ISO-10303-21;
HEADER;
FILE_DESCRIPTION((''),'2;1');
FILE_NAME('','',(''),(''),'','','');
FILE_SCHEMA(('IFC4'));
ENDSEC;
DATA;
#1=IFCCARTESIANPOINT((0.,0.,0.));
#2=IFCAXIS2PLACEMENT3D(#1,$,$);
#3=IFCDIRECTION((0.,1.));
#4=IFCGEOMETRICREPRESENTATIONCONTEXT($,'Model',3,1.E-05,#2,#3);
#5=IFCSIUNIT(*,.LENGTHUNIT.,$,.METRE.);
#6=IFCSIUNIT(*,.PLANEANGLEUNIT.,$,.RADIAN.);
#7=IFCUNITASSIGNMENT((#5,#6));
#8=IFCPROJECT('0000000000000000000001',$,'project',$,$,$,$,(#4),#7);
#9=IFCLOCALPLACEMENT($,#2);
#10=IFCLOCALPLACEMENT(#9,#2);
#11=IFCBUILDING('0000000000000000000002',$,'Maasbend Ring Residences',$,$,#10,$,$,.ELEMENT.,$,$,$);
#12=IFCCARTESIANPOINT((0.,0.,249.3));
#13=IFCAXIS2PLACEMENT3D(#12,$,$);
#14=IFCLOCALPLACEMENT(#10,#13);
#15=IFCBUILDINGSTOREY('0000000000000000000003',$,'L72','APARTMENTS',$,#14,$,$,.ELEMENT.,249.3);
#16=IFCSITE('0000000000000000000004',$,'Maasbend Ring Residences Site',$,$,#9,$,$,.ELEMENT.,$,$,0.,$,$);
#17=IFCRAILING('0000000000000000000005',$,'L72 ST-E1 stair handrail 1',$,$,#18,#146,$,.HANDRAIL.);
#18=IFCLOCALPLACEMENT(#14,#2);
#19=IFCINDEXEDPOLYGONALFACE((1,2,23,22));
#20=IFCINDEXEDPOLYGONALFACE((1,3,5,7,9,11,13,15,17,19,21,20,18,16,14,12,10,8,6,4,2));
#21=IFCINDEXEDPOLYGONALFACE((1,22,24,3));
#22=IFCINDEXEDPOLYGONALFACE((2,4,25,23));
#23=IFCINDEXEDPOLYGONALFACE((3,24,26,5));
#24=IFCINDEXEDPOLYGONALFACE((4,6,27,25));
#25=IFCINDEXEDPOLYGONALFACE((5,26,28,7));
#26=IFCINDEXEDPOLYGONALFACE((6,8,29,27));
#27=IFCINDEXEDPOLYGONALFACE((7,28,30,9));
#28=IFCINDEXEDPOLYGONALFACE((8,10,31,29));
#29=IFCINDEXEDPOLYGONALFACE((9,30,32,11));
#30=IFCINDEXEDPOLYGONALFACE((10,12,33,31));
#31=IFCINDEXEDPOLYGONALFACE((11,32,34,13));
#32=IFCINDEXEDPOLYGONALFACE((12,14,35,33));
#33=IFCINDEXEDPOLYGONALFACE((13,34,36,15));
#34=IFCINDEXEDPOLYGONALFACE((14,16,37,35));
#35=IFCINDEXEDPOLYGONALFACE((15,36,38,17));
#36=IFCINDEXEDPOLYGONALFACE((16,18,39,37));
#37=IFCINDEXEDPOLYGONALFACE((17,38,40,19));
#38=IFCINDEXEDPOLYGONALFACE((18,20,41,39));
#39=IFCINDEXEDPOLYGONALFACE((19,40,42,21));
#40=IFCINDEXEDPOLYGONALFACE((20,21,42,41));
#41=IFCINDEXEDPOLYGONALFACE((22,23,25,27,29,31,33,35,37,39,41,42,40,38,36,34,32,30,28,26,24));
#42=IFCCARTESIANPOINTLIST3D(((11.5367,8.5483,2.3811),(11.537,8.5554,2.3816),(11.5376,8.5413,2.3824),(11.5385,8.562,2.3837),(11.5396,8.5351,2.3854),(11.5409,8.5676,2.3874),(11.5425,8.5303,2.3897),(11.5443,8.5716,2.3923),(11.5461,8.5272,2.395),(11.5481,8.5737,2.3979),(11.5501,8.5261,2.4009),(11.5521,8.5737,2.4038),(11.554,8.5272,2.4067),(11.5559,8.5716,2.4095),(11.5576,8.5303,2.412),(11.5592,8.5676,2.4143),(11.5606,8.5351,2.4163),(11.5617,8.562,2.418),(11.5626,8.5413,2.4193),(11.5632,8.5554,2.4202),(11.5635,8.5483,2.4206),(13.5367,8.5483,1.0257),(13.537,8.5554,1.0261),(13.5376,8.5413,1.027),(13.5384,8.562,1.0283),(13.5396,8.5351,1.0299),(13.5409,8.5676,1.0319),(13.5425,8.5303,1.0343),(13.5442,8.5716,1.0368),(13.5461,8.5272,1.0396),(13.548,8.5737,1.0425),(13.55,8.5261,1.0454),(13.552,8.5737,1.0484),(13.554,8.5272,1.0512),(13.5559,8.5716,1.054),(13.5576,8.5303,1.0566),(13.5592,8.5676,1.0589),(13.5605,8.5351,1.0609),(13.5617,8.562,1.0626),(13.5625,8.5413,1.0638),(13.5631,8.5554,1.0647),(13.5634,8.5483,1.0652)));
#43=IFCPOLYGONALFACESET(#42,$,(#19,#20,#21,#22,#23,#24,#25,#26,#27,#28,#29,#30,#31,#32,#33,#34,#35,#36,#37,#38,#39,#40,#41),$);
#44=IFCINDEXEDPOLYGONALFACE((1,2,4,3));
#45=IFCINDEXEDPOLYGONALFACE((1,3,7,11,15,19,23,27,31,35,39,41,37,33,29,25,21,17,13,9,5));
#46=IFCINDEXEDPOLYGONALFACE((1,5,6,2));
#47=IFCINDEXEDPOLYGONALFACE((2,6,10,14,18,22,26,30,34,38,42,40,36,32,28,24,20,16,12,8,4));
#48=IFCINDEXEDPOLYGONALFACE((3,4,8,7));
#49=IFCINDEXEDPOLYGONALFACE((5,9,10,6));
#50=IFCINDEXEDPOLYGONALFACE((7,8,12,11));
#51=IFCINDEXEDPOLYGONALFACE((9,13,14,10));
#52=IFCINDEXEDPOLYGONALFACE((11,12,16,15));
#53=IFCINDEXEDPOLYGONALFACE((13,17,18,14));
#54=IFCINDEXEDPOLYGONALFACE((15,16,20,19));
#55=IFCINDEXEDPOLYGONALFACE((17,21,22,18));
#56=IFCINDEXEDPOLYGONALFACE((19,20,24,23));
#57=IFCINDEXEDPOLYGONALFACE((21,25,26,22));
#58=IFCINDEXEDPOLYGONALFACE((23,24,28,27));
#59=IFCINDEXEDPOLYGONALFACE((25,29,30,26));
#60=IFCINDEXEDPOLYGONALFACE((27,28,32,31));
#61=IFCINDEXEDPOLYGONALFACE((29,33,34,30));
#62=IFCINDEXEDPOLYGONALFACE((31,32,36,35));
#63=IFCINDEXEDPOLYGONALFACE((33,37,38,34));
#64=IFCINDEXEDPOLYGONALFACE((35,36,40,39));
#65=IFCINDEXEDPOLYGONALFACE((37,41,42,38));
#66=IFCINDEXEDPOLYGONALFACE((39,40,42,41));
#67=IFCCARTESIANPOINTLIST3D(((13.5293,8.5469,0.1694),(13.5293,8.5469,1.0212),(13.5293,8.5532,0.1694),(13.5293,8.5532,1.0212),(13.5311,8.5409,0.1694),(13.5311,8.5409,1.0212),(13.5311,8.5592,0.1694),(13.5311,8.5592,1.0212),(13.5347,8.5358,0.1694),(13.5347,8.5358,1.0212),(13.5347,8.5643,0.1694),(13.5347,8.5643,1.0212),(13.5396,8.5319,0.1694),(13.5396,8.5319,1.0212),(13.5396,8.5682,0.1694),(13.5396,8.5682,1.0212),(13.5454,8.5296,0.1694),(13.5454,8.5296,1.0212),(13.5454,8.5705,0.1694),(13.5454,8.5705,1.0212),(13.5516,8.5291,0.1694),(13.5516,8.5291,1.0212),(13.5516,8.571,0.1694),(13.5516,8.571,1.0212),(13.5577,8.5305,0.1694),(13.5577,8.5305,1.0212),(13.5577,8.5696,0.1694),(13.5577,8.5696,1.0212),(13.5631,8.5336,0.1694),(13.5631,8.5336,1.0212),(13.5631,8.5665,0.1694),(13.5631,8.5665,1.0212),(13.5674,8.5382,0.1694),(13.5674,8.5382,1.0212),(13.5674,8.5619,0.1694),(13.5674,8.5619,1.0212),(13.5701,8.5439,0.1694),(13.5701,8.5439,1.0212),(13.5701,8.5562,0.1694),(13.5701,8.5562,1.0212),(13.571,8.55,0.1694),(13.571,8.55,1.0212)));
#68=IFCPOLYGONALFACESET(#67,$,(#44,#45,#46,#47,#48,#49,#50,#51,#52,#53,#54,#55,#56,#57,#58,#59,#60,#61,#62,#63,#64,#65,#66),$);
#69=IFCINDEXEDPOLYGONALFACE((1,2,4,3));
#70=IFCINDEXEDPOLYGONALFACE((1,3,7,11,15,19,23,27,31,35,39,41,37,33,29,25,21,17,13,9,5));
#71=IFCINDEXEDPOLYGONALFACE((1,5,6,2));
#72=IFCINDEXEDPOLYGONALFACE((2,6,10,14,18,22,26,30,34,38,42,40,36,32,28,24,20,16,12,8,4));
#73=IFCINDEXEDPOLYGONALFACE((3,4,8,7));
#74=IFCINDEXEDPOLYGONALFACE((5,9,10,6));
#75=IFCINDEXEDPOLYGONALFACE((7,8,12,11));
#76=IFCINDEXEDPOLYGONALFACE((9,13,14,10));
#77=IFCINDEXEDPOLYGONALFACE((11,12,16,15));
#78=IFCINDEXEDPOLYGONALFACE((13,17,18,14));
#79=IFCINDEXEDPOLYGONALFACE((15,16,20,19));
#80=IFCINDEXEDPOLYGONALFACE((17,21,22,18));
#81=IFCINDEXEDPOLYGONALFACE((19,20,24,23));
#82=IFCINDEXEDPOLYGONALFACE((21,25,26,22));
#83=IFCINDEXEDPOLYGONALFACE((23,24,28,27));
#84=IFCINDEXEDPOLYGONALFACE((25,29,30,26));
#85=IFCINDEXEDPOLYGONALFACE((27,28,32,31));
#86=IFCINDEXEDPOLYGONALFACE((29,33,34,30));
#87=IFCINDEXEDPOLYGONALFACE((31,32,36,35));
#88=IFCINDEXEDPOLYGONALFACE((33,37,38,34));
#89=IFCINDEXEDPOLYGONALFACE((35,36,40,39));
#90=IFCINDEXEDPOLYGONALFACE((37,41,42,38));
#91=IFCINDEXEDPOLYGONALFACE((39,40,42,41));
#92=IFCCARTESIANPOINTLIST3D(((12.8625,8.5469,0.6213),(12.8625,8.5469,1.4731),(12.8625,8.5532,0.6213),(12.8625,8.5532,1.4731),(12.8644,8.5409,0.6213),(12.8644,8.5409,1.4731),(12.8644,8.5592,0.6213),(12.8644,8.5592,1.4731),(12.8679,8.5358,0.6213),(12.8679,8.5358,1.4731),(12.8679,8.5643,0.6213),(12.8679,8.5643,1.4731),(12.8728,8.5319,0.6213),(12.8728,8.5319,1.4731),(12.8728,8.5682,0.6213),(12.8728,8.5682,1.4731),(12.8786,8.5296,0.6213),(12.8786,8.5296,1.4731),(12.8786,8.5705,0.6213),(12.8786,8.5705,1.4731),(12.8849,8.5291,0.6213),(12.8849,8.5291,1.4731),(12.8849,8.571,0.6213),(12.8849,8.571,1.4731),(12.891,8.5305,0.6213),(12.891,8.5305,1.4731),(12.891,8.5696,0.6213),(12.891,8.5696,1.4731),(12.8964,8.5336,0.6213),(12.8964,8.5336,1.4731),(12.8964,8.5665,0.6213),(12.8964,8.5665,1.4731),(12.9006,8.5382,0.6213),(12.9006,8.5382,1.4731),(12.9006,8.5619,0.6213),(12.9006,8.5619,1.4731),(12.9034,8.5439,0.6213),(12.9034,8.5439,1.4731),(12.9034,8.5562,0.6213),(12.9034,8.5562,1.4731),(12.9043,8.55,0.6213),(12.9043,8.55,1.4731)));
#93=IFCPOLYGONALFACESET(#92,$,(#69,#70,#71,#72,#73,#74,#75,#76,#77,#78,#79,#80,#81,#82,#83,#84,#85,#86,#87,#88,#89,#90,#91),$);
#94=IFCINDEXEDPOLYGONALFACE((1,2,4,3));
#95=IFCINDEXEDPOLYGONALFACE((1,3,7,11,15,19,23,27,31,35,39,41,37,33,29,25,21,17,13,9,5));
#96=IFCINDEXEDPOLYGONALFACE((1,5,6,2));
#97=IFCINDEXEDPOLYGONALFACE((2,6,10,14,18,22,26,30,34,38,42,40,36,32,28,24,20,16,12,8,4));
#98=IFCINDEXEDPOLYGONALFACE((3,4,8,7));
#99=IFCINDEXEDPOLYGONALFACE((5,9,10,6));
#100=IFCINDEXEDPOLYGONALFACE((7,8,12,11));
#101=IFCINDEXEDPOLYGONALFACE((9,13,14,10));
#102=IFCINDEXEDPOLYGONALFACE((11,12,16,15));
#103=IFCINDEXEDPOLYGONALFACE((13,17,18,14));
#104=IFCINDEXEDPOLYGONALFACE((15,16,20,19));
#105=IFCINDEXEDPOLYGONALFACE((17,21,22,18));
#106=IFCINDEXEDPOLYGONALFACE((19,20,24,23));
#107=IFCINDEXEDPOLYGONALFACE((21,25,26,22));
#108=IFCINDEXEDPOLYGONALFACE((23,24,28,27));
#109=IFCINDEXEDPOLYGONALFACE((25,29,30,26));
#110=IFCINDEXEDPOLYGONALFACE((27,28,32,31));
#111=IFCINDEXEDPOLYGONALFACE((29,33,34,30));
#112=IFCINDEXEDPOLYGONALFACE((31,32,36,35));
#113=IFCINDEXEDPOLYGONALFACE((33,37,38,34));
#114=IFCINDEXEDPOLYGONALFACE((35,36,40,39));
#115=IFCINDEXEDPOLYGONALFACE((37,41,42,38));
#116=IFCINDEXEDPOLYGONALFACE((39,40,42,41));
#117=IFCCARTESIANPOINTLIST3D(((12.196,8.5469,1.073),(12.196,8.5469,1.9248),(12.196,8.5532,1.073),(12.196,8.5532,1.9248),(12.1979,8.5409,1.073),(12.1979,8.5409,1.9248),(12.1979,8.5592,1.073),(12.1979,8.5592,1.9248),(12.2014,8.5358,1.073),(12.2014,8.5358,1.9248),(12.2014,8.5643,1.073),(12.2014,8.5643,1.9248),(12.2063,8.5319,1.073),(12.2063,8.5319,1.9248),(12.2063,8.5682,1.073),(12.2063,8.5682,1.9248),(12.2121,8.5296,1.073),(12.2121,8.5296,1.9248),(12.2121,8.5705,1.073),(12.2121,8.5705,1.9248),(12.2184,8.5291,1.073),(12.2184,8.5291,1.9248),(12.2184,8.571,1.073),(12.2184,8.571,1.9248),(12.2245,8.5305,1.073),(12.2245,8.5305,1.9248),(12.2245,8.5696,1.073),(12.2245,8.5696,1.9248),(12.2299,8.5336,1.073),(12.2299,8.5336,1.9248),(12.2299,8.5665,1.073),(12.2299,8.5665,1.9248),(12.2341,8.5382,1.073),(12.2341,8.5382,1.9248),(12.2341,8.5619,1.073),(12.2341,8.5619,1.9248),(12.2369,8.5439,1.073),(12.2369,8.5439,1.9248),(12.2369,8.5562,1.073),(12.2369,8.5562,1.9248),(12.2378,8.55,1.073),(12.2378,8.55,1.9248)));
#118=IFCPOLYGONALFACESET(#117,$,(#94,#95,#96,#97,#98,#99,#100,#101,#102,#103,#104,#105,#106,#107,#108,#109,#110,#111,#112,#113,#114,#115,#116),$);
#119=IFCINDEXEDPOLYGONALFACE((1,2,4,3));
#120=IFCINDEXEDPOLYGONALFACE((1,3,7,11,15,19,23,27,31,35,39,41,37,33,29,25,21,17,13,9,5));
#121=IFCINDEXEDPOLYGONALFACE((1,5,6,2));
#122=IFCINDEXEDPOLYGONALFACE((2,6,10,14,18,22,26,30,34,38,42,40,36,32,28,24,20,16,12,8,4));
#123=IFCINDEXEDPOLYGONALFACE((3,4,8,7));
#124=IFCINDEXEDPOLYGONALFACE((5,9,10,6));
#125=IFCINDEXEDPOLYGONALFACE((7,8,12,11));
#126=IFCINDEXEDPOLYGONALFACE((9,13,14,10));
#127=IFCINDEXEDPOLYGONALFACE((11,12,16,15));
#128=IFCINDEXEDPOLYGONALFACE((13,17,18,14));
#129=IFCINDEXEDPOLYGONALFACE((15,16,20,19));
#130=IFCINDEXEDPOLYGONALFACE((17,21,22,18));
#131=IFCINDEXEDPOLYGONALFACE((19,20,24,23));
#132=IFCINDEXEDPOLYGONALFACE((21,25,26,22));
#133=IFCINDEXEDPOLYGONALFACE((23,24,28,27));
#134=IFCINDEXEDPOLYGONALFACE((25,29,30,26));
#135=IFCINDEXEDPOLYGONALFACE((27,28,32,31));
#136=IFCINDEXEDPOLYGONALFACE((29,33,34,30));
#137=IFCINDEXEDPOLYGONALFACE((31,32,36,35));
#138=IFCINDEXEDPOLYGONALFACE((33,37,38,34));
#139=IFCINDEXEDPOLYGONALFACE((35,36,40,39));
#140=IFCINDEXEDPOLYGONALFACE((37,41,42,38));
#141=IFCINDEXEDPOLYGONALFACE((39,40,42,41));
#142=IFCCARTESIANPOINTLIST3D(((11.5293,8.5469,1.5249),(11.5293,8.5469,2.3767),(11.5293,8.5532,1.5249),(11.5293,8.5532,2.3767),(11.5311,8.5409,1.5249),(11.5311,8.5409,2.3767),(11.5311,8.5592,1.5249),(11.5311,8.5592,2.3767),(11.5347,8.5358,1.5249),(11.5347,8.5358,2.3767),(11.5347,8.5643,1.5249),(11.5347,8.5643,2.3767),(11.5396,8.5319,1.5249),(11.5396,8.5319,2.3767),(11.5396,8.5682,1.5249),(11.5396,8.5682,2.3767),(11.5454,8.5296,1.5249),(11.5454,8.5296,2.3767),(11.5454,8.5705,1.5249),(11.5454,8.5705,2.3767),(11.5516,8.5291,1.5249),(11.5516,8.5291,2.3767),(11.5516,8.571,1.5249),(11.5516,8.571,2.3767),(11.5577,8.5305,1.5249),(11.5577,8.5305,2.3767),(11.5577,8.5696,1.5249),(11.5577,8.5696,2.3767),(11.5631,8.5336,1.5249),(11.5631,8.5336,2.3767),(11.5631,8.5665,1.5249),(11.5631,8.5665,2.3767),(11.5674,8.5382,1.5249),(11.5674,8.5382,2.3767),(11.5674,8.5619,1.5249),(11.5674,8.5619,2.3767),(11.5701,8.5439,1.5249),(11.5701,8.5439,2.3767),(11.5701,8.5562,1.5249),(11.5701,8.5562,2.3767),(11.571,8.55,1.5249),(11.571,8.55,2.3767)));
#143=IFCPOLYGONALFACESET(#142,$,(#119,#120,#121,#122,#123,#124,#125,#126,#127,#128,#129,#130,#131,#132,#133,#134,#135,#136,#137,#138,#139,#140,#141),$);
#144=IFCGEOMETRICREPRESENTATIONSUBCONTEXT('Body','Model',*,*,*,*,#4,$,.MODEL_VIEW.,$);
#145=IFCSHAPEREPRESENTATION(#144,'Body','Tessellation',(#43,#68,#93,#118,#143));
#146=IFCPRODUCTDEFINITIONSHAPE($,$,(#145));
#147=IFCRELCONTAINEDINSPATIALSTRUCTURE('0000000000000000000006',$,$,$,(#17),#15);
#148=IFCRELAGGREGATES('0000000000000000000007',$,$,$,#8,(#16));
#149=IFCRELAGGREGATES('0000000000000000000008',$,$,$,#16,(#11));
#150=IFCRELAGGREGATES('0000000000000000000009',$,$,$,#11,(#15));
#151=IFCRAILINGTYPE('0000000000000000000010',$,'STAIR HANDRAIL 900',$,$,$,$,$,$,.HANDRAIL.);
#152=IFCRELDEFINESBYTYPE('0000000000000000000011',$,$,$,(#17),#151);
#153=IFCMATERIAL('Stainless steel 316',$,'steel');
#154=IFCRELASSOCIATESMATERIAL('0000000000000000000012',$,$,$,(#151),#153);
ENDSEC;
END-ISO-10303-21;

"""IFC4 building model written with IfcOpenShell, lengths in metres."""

from ifc_helpers import new_model, si_unit, direction, frame, origin, origin_2d, place, context, subcontext, project, spatial, circle, extrude, material, type_object, element, save


model = new_model("IFC4")

# Units and contexts
model_context = context("Model", 3, precision=1e-05, world=origin(), true_north=direction((0.0, 1.0)))
body_context = subcontext(model_context, "Body", "Model", "MODEL_VIEW")
ifc_project = project(units=[si_unit("LENGTHUNIT", "METRE"), si_unit("PLANEANGLEUNIT", "RADIAN")], contexts=[model_context])

# Site, building, storey
site_placement = place(None, origin())
site = spatial("IfcSite", under=ifc_project, at=site_placement, Name="Maasbend Ring Residences Site", CompositionType="ELEMENT", RefElevation=0.0)
building_placement = place(site_placement, origin())
building = spatial("IfcBuilding", under=site, at=building_placement, Name="Maasbend Ring Residences", CompositionType="ELEMENT")
storey_placement = place(building_placement, frame((0.0, 0.0, 249.3)))
storey = spatial("IfcBuildingStorey", under=building, at=storey_placement, Name="L72", Description="APARTMENTS", CompositionType="ELEMENT", Elevation=249.3)

# Railing
ifc_material_1 = material(Name="Stainless steel 316", Category="steel")
railing_type_1 = type_object("IfcRailingType", Name="STAIR HANDRAIL 900", PredefinedType="HANDRAIL", material=ifc_material_1)
railing_1_placement = place(storey_placement, frame((13.55, 8.55, 0.1694)))
element("IfcRailing", 1, at=railing_1_placement, inside=storey, type_object=railing_type_1, Name="L72 ST-E1 stair handrail 1", PredefinedType="HANDRAIL", context=body_context, shape_type="SweptSolid", body=[
    extrude(circle(Radius=0.0239, at=origin_2d()), frame((0.0, 0.0, 0.876), z_axis=(-0.827798, 0.0, 0.561027), x_axis=(0.0, -1.0, 0.0)), (0.0, 0.0, 1.0), 2.416),
    extrude(circle(Radius=0.021, at=origin_2d()), origin(), (0.0, 0.0, 1.0), 0.8518),
    extrude(circle(Radius=0.021, at=origin_2d()), frame((-0.6667, 0.0, 0.4519)), (0.0, 0.0, 1.0), 0.8518),
    extrude(circle(Radius=0.021, at=origin_2d()), frame((-1.3333, 0.0, 0.9036)), (0.0, 0.0, 1.0), 0.8518),
    extrude(circle(Radius=0.021, at=origin_2d()), frame((-2.0, 0.0, 1.3555)), (0.0, 0.0, 1.0), 0.8518),
])

save(model, "model.ifc")
